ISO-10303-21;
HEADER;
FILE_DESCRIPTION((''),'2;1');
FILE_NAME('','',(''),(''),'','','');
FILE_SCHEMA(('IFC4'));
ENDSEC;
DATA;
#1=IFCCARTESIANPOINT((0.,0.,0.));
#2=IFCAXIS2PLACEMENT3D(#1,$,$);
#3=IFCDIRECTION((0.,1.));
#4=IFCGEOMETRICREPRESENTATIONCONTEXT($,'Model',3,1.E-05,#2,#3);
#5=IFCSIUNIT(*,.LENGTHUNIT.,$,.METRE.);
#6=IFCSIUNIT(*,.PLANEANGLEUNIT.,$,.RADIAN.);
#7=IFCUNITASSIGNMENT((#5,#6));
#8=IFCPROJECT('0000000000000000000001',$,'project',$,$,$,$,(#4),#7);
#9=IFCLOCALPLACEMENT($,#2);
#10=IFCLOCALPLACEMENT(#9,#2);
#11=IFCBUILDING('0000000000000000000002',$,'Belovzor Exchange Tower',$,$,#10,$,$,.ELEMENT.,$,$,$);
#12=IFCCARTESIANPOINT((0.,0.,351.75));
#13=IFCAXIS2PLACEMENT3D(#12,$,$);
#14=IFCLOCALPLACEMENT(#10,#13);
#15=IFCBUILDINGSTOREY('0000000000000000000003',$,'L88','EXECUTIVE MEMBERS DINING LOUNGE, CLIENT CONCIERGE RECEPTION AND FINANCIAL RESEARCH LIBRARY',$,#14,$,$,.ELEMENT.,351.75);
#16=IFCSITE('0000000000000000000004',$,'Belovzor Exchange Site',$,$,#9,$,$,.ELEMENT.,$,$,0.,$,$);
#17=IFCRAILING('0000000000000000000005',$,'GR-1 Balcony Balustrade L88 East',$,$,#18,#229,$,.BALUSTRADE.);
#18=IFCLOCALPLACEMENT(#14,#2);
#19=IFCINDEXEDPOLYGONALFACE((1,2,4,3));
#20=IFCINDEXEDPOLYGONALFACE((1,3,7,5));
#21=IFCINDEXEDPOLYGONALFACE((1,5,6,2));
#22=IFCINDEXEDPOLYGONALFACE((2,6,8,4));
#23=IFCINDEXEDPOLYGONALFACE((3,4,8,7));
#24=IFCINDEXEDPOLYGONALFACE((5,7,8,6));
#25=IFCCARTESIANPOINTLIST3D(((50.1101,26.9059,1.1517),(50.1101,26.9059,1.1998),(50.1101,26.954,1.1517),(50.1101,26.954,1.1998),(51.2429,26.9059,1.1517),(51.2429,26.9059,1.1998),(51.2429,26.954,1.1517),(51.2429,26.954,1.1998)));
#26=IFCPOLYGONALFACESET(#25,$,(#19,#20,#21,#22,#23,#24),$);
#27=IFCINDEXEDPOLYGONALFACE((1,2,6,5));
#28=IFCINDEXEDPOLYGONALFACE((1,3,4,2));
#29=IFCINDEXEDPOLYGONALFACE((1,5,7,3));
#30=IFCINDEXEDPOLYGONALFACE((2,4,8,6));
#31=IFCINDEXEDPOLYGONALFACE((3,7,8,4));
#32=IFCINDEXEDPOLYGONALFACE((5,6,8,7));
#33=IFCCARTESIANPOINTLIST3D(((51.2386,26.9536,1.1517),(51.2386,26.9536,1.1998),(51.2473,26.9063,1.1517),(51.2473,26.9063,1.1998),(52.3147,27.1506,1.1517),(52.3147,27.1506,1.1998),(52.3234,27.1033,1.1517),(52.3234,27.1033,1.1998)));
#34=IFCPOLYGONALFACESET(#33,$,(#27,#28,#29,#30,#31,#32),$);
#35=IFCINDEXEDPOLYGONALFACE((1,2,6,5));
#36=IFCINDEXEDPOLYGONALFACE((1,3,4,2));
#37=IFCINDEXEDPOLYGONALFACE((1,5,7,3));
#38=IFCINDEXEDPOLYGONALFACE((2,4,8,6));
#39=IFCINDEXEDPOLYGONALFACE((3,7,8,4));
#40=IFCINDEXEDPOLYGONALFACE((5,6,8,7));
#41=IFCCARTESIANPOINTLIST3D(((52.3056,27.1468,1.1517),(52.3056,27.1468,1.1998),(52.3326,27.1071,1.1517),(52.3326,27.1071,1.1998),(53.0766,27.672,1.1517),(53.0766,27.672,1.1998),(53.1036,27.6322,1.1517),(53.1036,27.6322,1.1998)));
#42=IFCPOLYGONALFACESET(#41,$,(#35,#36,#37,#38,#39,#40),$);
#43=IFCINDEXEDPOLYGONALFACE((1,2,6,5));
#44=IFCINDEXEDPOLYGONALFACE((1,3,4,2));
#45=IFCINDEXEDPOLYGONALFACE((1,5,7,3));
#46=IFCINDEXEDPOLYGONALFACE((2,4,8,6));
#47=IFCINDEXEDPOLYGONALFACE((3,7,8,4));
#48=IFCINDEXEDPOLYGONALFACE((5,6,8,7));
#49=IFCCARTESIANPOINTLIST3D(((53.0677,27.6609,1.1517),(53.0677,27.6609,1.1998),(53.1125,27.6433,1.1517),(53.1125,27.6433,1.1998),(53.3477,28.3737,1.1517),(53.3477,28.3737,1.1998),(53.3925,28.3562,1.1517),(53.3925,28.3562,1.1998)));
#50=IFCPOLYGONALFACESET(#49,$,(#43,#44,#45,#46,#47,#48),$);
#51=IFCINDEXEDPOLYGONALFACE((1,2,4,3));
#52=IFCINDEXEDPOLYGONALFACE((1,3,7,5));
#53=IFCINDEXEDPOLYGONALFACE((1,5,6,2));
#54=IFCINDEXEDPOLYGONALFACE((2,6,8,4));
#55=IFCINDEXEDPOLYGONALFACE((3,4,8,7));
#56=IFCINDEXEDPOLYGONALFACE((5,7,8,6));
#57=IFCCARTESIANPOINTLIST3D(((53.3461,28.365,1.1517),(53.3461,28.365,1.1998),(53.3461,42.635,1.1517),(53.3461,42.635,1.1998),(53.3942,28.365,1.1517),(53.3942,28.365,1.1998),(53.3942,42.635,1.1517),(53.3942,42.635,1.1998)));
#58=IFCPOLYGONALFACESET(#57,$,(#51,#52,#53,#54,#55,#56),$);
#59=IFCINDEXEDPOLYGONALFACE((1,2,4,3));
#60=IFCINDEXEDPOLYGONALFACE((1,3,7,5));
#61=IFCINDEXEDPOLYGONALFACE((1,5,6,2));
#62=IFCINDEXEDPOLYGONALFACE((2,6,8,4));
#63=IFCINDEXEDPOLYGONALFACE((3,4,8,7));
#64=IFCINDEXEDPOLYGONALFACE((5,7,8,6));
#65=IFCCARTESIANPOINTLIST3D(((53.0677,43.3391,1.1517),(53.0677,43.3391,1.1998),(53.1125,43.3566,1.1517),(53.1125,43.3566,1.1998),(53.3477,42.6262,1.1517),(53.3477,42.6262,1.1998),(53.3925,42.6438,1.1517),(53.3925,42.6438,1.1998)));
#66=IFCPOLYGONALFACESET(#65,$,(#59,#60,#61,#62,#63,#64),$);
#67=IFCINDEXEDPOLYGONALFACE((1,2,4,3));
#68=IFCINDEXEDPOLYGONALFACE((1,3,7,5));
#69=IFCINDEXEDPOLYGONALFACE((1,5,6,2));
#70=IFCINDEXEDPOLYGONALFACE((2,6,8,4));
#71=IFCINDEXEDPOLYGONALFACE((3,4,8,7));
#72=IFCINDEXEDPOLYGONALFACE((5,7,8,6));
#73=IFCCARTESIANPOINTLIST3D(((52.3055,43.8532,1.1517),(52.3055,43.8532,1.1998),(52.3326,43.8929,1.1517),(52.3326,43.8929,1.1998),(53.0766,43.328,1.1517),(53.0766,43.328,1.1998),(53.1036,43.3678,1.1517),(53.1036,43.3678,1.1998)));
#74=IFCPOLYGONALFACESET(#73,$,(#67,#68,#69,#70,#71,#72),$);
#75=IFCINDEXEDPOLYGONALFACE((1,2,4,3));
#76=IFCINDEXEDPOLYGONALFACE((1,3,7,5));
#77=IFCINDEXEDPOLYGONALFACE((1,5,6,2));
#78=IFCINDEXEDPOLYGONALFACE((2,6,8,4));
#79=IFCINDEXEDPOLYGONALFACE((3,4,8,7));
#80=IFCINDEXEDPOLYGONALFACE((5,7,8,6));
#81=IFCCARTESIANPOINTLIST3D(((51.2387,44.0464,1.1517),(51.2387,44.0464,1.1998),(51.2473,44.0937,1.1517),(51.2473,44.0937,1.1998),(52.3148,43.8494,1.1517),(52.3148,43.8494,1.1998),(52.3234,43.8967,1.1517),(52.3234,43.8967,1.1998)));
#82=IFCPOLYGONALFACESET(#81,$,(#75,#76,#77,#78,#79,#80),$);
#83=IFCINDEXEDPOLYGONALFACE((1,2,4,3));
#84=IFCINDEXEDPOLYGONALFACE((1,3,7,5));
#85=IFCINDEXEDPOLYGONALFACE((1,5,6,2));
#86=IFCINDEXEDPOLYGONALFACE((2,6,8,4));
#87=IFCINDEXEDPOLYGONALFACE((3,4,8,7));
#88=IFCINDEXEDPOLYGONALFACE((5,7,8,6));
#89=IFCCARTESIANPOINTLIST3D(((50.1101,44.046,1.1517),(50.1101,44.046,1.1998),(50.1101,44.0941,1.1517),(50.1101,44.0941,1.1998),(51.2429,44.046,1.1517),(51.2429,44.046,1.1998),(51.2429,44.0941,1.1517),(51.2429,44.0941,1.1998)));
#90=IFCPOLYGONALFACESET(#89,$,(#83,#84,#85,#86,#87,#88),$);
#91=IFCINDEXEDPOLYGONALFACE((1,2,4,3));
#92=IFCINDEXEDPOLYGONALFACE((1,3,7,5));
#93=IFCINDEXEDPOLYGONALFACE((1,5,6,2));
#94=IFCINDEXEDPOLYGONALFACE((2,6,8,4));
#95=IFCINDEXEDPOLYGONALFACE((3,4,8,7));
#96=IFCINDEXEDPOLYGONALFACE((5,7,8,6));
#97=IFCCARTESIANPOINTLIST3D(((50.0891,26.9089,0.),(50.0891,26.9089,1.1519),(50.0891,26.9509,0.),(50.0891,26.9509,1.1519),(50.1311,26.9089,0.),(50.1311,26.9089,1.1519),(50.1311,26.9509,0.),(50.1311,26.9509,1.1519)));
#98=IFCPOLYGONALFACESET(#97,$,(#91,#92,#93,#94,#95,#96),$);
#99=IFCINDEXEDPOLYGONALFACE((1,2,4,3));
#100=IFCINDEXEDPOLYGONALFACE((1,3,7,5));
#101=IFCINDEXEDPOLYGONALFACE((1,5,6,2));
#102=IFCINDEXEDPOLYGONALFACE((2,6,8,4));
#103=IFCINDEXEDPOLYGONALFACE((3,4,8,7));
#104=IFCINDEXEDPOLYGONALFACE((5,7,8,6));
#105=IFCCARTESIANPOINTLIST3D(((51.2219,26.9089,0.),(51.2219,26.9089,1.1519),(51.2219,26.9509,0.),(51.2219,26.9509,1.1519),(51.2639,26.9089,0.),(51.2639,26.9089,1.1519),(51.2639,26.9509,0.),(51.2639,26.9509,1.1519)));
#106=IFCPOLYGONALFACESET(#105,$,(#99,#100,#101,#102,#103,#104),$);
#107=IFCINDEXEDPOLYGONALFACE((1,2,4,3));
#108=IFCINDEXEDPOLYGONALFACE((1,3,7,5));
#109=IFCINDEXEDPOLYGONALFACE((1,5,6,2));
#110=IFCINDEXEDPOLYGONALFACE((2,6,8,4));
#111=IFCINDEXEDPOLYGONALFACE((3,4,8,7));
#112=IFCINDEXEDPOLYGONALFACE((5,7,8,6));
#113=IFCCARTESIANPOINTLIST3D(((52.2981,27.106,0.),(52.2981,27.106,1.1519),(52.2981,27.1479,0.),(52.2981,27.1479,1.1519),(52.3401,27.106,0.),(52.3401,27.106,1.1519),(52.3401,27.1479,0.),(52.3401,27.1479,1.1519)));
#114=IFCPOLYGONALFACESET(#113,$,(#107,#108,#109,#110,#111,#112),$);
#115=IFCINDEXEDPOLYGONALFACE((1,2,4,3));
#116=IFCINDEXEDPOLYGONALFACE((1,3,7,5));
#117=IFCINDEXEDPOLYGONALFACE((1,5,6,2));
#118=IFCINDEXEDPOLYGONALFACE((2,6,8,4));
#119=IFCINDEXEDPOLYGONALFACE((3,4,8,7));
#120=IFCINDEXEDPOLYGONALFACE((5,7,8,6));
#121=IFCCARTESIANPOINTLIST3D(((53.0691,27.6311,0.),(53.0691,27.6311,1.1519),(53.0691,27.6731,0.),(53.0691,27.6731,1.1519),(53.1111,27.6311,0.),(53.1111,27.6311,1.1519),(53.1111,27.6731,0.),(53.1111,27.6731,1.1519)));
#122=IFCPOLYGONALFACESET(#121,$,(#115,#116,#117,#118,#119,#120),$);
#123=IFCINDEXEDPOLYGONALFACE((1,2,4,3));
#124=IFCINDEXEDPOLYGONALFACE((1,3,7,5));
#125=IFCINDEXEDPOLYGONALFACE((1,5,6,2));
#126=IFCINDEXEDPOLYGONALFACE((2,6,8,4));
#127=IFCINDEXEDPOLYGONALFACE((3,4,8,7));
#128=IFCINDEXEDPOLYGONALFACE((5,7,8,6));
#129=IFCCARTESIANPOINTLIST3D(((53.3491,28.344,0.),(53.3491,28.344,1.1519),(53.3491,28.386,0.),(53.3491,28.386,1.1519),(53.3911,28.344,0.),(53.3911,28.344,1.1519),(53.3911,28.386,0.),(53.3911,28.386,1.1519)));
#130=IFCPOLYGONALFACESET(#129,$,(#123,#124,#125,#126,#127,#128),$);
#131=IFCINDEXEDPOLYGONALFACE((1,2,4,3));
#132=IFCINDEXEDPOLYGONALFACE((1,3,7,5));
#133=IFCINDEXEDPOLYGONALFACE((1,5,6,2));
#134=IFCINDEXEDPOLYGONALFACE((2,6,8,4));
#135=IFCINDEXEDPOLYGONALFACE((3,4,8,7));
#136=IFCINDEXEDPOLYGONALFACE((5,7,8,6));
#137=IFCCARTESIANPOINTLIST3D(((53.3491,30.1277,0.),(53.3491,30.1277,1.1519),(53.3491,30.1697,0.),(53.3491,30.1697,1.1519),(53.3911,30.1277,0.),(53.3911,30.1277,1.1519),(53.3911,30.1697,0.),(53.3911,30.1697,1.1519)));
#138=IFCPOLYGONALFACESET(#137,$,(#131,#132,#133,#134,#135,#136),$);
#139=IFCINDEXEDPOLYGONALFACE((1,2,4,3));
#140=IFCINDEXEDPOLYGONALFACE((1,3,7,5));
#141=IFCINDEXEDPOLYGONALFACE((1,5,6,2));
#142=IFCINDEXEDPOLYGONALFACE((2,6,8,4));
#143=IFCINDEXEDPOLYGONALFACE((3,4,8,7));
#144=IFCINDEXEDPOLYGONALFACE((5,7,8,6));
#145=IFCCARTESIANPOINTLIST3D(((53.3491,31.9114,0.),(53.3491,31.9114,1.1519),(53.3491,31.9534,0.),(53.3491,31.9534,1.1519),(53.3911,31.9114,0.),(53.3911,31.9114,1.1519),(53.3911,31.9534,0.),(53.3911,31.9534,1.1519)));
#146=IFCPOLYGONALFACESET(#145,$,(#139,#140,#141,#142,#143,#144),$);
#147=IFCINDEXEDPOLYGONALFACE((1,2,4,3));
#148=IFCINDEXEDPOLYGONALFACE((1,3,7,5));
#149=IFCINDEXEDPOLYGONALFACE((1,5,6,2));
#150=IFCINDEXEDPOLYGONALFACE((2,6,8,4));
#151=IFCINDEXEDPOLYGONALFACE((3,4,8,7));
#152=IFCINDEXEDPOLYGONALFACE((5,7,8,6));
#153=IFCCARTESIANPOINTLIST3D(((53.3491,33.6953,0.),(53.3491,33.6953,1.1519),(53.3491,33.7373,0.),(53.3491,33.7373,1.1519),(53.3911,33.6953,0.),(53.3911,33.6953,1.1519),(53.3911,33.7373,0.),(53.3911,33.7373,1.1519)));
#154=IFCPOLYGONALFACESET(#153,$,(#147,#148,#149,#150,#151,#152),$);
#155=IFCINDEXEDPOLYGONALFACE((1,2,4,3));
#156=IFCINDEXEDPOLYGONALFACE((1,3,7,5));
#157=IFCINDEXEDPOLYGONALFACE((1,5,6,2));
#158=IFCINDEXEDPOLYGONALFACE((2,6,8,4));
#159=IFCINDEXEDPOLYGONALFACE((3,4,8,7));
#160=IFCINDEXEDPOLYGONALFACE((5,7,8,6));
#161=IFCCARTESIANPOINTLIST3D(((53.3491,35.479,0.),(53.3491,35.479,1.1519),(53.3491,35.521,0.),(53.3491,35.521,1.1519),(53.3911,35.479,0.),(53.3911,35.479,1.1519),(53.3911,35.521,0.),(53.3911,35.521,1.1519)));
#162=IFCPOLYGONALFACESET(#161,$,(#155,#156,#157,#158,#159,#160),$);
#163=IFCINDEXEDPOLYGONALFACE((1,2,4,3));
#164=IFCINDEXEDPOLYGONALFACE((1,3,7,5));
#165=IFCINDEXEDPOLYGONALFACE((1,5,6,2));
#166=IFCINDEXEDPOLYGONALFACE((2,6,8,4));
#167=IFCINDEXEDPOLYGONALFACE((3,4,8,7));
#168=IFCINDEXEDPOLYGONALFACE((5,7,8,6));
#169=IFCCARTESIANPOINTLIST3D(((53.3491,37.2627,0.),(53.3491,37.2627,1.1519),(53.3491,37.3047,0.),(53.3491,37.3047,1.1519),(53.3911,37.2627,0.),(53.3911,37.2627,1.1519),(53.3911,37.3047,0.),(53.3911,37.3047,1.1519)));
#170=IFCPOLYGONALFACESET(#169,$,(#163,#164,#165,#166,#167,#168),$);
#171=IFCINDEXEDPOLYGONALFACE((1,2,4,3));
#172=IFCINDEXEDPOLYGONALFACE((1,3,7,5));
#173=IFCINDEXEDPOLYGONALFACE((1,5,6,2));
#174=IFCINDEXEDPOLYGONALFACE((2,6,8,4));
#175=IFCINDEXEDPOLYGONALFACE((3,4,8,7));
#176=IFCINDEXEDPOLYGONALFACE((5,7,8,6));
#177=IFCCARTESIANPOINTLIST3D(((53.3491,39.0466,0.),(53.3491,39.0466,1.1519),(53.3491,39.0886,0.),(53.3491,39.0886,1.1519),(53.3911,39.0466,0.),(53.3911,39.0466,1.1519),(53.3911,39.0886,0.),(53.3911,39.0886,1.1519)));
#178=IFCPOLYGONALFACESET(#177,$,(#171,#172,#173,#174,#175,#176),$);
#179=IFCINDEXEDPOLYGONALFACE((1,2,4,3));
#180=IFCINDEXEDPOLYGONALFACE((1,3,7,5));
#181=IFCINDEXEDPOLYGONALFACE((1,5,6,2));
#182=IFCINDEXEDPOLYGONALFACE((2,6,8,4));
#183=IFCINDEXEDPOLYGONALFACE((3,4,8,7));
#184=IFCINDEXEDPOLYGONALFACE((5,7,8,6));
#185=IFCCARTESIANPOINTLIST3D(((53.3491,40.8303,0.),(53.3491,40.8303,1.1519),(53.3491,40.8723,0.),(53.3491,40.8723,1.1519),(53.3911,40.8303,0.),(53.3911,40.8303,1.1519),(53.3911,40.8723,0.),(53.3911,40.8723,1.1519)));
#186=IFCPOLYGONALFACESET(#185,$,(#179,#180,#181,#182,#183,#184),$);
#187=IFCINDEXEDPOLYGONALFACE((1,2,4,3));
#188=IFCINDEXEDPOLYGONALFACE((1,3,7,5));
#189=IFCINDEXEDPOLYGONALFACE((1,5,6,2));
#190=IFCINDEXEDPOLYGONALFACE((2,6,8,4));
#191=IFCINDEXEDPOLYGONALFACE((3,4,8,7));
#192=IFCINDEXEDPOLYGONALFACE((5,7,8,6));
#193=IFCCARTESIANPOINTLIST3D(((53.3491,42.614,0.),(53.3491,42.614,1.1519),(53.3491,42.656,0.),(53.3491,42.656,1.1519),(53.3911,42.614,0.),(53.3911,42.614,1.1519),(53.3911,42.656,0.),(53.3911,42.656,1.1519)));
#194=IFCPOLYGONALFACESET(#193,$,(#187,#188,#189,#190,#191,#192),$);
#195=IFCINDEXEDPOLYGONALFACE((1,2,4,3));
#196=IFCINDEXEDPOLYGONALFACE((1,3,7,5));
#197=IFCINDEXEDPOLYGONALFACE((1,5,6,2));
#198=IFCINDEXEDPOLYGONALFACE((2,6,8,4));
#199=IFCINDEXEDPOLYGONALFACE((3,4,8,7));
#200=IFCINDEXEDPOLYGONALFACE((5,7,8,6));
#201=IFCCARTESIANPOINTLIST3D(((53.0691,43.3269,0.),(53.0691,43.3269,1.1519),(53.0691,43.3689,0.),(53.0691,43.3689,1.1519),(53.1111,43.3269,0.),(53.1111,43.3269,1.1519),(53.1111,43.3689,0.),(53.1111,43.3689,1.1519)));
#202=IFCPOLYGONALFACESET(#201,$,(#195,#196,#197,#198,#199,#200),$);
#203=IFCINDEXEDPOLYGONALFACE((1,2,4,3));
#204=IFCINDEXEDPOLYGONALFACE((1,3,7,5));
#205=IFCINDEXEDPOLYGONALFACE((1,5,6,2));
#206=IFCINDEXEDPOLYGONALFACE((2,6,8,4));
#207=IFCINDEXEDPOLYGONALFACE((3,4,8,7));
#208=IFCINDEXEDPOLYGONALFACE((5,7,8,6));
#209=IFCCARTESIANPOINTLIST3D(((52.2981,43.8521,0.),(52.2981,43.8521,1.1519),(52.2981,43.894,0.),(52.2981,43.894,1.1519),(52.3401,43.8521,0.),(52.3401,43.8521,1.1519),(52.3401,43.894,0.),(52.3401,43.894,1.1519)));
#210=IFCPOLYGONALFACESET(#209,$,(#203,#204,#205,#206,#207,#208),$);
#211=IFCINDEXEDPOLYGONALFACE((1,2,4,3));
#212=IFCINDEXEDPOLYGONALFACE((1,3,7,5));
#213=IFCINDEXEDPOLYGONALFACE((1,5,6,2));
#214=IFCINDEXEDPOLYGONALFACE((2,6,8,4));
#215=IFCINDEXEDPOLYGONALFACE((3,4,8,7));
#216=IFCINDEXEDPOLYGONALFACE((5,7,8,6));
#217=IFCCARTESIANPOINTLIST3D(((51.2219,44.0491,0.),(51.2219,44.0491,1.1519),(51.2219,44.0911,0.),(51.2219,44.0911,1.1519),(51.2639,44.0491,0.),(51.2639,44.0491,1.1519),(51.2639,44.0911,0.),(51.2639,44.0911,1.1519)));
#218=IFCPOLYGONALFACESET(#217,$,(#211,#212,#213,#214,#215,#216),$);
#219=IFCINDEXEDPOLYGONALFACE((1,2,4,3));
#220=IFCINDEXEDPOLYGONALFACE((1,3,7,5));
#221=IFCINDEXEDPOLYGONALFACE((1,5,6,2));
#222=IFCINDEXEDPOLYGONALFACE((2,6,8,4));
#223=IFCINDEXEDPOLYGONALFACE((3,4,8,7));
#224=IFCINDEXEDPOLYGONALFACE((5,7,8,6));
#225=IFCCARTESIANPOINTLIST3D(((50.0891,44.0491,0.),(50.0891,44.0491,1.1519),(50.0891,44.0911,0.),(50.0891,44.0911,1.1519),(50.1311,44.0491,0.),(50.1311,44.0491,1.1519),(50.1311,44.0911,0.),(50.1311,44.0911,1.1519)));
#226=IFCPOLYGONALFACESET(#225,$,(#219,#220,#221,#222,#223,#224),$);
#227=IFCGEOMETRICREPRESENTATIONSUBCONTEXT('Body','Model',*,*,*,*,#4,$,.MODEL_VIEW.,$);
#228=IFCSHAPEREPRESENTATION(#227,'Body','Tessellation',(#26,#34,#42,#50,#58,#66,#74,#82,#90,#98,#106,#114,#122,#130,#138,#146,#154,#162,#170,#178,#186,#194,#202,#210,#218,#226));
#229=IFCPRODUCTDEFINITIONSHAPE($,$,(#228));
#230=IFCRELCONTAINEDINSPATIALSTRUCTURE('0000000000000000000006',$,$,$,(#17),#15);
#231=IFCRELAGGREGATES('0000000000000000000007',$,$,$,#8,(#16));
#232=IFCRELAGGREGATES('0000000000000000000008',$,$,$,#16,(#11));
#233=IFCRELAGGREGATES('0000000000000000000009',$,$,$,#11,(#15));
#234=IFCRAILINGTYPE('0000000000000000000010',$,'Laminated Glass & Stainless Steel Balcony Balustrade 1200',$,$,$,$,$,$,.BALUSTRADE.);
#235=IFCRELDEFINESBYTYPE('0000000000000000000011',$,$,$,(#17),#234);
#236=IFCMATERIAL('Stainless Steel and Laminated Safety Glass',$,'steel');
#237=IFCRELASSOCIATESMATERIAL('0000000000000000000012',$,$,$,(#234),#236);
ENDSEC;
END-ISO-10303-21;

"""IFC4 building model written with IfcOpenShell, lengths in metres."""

from ifc_helpers import new_model, si_unit, direction, frame, origin, origin_2d, place, context, subcontext, project, spatial, rectangle, extrude, material, type_object, element, save


model = new_model("IFC4")

# Units and contexts
model_context = context("Model", 3, precision=1e-05, world=origin(), true_north=direction((0.0, 1.0)))
body_context = subcontext(model_context, "Body", "Model", "MODEL_VIEW")
ifc_project = project(units=[si_unit("LENGTHUNIT", "METRE"), si_unit("PLANEANGLEUNIT", "RADIAN")], contexts=[model_context])

# Site, building, storey
site_placement = place(None, origin())
site = spatial("IfcSite", under=ifc_project, at=site_placement, Name="Belovzor Exchange Site", CompositionType="ELEMENT", RefElevation=0.0)
building_placement = place(site_placement, origin())
building = spatial("IfcBuilding", under=site, at=building_placement, Name="Belovzor Exchange Tower", CompositionType="ELEMENT")
storey_placement = place(building_placement, frame((0.0, 0.0, 351.75)))
storey = spatial("IfcBuildingStorey", under=building, at=storey_placement, Name="L88", Description="EXECUTIVE MEMBERS DINING LOUNGE, CLIENT CONCIERGE RECEPTION AND FINANCIAL RESEARCH LIBRARY", CompositionType="ELEMENT", Elevation=351.75)

# Railing
ifc_material_1 = material(Name="Stainless Steel and Laminated Safety Glass", Category="steel")
railing_type = type_object("IfcRailingType", Name="Laminated Glass & Stainless Steel Balcony Balustrade 1200", PredefinedType="BALUSTRADE", material=ifc_material_1)
railing_placement = place(storey_placement, frame((50.1101, 26.9299, 0.0)))
element("IfcRailing", 1, at=railing_placement, inside=storey, type_object=railing_type, Name="GR-1 Balcony Balustrade L88 East", PredefinedType="BALUSTRADE", context=body_context, shape_type="SweptSolid", body=[
    extrude(rectangle(XDim=0.0481, YDim=0.0481, at=origin_2d()), frame((0.0, 0.0, 1.1758), z_axis=(1.0, 0.0, 0.0), x_axis=(0.0, 1.0, 0.0)), (0.0, 0.0, 1.0), 1.1328),
    extrude(rectangle(XDim=0.0481, YDim=0.0481, at=origin_2d()), frame((1.1328, 0.0, 1.1758), z_axis=(0.983651, 0.180083, 0.0), x_axis=(-0.180083, 0.983651, 0.0)), (0.0, 0.0, 1.0), 1.094),
    extrude(rectangle(XDim=0.0481, YDim=0.0481, at=origin_2d()), frame((2.209, 0.197, 1.1758), z_axis=(0.826493, 0.562947, 0.0), x_axis=(-0.562947, 0.826493, 0.0)), (0.0, 0.0, 1.0), 0.9329),
    extrude(rectangle(XDim=0.0481, YDim=0.0481, at=origin_2d()), frame((2.98, 0.7222, 1.1758), z_axis=(0.365613, 0.930767, 0.0), x_axis=(-0.930767, 0.365613, 0.0)), (0.0, 0.0, 1.0), 0.7659),
    extrude(rectangle(XDim=0.0481, YDim=0.0481, at=origin_2d()), frame((3.26, 1.4351, 1.1758), z_axis=(0.0, 1.0, 0.0), x_axis=(-1.0, 0.0, 0.0)), (0.0, 0.0, 1.0), 14.27),
    extrude(rectangle(XDim=0.0481, YDim=0.0481, at=origin_2d()), frame((3.26, 15.7051, 1.1758), z_axis=(-0.365613, 0.930767, 0.0), x_axis=(-0.930767, -0.365613, 0.0)), (0.0, 0.0, 1.0), 0.7659),
    extrude(rectangle(XDim=0.0481, YDim=0.0481, at=origin_2d()), frame((2.98, 16.418, 1.1758), z_axis=(-0.826493, 0.562947, 0.0), x_axis=(-0.562947, -0.826493, 0.0)), (0.0, 0.0, 1.0), 0.9329),
    extrude(rectangle(XDim=0.0481, YDim=0.0481, at=origin_2d()), frame((2.209, 16.9431, 1.1758), z_axis=(-0.983651, 0.180083, 0.0), x_axis=(-0.180083, -0.983651, 0.0)), (0.0, 0.0, 1.0), 1.094),
    extrude(rectangle(XDim=0.0481, YDim=0.0481, at=origin_2d()), frame((1.1328, 17.1401, 1.1758), z_axis=(-1.0, 0.0, 0.0), x_axis=(0.0, -1.0, 0.0)), (0.0, 0.0, 1.0), 1.1328),
    extrude(rectangle(XDim=0.042, YDim=0.042, at=origin_2d()), origin(), (0.0, 0.0, 1.0), 1.1519),
    extrude(rectangle(XDim=0.042, YDim=0.042, at=origin_2d()), frame((1.1328, 0.0, 0.0)), (0.0, 0.0, 1.0), 1.1519),
    extrude(rectangle(XDim=0.042, YDim=0.042, at=origin_2d()), frame((2.209, 0.197, 0.0)), (0.0, 0.0, 1.0), 1.1519),
    extrude(rectangle(XDim=0.042, YDim=0.042, at=origin_2d()), frame((2.98, 0.7222, 0.0)), (0.0, 0.0, 1.0), 1.1519),
    extrude(rectangle(XDim=0.042, YDim=0.042, at=origin_2d()), frame((3.26, 1.4351, 0.0)), (0.0, 0.0, 1.0), 1.1519),
    extrude(rectangle(XDim=0.042, YDim=0.042, at=origin_2d()), frame((3.26, 3.2188, 0.0)), (0.0, 0.0, 1.0), 1.1519),
    extrude(rectangle(XDim=0.042, YDim=0.042, at=origin_2d()), frame((3.26, 5.0024, 0.0)), (0.0, 0.0, 1.0), 1.1519),
    extrude(rectangle(XDim=0.042, YDim=0.042, at=origin_2d()), frame((3.26, 6.7864, 0.0)), (0.0, 0.0, 1.0), 1.1519),
    extrude(rectangle(XDim=0.042, YDim=0.042, at=origin_2d()), frame((3.26, 8.5701, 0.0)), (0.0, 0.0, 1.0), 1.1519),
    extrude(rectangle(XDim=0.042, YDim=0.042, at=origin_2d()), frame((3.26, 10.3538, 0.0)), (0.0, 0.0, 1.0), 1.1519),
    extrude(rectangle(XDim=0.042, YDim=0.042, at=origin_2d()), frame((3.26, 12.1377, 0.0)), (0.0, 0.0, 1.0), 1.1519),
    extrude(rectangle(XDim=0.042, YDim=0.042, at=origin_2d()), frame((3.26, 13.9214, 0.0)), (0.0, 0.0, 1.0), 1.1519),
    extrude(rectangle(XDim=0.042, YDim=0.042, at=origin_2d()), frame((3.26, 15.7051, 0.0)), (0.0, 0.0, 1.0), 1.1519),
    extrude(rectangle(XDim=0.042, YDim=0.042, at=origin_2d()), frame((2.98, 16.418, 0.0)), (0.0, 0.0, 1.0), 1.1519),
    extrude(rectangle(XDim=0.042, YDim=0.042, at=origin_2d()), frame((2.209, 16.9431, 0.0)), (0.0, 0.0, 1.0), 1.1519),
    extrude(rectangle(XDim=0.042, YDim=0.042, at=origin_2d()), frame((1.1328, 17.1401, 0.0)), (0.0, 0.0, 1.0), 1.1519),
    extrude(rectangle(XDim=0.042, YDim=0.042, at=origin_2d()), frame((0.0, 17.1401, 0.0)), (0.0, 0.0, 1.0), 1.1519),
])

save(model, "model.ifc")
